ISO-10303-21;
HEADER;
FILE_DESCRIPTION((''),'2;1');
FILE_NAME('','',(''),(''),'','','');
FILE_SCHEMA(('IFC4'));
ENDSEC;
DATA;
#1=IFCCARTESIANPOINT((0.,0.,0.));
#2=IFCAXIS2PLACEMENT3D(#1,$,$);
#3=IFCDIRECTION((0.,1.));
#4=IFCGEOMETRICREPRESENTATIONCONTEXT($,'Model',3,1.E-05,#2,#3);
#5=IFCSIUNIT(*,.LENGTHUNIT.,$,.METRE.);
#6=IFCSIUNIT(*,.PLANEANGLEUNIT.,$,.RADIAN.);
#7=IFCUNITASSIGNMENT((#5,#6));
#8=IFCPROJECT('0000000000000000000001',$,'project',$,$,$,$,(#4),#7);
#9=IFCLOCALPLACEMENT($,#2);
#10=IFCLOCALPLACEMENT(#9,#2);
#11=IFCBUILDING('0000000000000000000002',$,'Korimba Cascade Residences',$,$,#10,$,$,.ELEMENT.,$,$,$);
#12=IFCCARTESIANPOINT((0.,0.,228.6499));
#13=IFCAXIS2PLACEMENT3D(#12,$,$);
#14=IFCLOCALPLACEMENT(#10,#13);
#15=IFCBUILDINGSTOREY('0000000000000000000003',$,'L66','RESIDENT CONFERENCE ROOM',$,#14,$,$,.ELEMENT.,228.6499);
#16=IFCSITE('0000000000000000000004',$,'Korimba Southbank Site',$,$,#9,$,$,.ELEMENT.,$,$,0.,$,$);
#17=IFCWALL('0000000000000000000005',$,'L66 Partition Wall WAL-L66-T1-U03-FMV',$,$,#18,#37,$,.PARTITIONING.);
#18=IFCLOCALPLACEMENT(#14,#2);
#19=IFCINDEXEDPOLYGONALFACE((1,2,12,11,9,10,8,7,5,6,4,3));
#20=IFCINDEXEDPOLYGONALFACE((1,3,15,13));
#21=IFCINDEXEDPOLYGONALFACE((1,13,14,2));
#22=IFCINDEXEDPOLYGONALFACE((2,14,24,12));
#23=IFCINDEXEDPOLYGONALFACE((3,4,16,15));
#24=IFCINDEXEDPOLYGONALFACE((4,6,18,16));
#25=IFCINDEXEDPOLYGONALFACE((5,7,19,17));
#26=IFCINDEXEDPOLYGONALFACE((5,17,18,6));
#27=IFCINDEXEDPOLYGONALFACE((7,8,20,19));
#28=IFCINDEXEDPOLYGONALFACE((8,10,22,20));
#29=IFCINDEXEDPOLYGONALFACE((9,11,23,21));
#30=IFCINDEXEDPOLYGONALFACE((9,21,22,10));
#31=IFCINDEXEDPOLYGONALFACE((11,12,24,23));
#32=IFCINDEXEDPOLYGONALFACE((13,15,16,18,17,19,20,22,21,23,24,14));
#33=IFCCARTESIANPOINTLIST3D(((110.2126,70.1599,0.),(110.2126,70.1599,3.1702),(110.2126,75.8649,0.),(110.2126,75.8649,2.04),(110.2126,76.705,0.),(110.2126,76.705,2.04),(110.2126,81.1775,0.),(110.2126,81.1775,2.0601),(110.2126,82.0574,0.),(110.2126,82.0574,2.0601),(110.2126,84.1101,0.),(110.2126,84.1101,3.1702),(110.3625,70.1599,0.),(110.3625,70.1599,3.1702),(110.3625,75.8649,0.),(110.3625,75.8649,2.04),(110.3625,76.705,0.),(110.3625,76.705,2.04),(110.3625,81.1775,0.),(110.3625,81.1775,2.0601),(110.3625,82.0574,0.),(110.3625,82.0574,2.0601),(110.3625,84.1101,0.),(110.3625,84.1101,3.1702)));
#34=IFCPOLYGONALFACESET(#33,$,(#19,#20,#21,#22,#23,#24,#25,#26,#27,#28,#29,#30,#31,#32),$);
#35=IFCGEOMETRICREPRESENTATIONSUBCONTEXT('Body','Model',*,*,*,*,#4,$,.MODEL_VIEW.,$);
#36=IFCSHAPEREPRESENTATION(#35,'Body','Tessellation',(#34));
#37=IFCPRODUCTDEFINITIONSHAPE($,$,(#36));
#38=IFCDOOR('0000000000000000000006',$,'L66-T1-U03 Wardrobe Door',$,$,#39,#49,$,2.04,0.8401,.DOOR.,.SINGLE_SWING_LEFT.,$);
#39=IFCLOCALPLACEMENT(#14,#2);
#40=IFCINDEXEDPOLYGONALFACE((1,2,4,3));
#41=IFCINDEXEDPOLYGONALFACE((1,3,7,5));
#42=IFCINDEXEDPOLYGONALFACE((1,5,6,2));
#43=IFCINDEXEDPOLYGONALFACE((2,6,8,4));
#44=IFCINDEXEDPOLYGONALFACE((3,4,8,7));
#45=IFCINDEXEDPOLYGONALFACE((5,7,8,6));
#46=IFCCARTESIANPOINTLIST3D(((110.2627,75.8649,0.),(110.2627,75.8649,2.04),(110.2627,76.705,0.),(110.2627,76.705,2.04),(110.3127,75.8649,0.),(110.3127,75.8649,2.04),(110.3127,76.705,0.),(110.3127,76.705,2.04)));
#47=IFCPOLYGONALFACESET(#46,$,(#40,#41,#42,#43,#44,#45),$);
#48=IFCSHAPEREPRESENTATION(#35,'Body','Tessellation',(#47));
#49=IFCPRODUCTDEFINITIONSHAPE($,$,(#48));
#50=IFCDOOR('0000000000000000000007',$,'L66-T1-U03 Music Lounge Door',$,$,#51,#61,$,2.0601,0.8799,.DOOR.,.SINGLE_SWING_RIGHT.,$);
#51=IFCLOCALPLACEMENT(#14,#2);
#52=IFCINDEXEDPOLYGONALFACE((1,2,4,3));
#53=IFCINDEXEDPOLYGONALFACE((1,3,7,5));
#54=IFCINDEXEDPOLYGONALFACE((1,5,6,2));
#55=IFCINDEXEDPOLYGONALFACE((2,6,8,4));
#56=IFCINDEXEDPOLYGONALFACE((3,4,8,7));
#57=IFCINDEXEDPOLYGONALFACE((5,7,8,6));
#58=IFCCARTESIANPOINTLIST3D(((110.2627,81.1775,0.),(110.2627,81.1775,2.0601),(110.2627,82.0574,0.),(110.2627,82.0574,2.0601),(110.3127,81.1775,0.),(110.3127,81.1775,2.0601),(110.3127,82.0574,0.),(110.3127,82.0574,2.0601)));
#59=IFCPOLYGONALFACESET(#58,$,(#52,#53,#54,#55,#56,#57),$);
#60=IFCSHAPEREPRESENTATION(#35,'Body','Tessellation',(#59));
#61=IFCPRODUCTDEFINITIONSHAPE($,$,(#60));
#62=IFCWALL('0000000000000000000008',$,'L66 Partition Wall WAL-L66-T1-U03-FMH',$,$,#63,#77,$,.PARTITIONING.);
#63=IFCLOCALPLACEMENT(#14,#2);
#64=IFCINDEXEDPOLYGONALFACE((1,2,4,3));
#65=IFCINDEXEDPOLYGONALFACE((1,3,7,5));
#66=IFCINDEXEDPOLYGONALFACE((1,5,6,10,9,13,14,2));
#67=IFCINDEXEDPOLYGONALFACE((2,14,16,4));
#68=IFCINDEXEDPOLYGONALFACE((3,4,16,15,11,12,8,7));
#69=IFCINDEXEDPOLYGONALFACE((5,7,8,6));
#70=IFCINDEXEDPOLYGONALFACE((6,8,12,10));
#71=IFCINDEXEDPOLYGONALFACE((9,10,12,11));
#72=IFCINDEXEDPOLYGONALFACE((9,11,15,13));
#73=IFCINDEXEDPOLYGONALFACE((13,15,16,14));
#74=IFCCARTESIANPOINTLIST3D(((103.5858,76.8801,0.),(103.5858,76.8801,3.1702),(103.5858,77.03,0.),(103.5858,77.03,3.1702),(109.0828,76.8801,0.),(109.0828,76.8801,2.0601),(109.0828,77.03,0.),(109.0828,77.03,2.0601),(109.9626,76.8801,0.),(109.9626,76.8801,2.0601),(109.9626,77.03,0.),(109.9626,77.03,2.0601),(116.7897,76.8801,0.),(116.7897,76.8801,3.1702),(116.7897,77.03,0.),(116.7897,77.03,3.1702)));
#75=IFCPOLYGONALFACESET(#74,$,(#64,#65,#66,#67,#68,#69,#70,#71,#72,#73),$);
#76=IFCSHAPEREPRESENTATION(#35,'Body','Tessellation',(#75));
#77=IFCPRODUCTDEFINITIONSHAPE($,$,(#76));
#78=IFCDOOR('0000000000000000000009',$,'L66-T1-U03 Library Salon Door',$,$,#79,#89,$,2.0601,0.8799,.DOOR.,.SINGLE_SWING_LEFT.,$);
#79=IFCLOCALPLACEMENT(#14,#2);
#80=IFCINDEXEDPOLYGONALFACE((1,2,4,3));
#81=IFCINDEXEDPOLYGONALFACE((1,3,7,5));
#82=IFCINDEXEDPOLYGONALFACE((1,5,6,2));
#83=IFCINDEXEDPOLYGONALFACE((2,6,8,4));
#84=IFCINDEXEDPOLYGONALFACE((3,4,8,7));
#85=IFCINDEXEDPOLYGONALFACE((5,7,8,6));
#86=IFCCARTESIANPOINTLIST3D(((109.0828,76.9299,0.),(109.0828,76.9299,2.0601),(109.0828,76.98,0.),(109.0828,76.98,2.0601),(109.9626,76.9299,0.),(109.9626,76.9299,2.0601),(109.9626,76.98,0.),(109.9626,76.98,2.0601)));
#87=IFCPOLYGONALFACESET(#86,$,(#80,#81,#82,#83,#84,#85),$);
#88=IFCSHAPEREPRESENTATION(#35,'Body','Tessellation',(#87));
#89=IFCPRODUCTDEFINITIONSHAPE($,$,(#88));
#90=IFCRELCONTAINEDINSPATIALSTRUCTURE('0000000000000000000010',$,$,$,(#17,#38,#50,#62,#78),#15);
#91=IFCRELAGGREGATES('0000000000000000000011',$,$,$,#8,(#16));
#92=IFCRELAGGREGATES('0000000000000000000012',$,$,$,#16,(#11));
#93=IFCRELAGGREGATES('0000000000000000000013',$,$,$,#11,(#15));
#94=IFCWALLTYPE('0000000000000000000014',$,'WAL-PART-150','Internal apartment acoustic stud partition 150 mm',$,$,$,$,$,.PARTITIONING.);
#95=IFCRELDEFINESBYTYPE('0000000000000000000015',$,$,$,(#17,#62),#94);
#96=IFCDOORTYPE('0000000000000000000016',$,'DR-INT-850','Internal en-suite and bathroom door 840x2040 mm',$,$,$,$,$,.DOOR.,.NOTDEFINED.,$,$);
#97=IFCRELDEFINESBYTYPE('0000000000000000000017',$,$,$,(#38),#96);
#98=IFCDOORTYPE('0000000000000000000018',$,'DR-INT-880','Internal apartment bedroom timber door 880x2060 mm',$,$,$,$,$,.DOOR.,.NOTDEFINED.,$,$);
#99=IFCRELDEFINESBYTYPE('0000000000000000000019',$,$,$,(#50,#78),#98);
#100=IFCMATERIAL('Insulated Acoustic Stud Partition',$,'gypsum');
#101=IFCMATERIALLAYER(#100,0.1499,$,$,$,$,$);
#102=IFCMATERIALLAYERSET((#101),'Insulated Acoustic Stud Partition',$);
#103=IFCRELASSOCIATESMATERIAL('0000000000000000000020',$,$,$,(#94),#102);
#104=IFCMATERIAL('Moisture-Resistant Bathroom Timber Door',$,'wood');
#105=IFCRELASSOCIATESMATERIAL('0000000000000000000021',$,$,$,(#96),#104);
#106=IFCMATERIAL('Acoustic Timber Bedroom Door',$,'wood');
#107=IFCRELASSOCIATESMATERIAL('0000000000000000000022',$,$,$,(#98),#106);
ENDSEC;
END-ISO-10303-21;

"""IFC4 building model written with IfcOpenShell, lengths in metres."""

from ifc_helpers import new_model, si_unit, direction, frame, frame_2d, origin, place, context, subcontext, project, spatial, rectangle, extrude, material, layer, layer_set, type_object, element, fill, save


model = new_model("IFC4")

# Units and contexts
model_context = context("Model", 3, precision=1e-05, world=origin(), true_north=direction((0.0, 1.0)))
body_context = subcontext(model_context, "Body", "Model", "MODEL_VIEW")
ifc_project = project(units=[si_unit("LENGTHUNIT", "METRE"), si_unit("PLANEANGLEUNIT", "RADIAN")], contexts=[model_context])

# Site, building, storey
site_placement = place(None, origin())
site = spatial("IfcSite", under=ifc_project, at=site_placement, Name="Korimba Southbank Site", CompositionType="ELEMENT", RefElevation=0.0)
building_placement = place(site_placement, origin())
building = spatial("IfcBuilding", under=site, at=building_placement, Name="Korimba Cascade Residences", CompositionType="ELEMENT")
storey_placement = place(building_placement, frame((0.0, 0.0, 228.6499)))
storey = spatial("IfcBuildingStorey", under=building, at=storey_placement, Name="L66", Description="RESIDENT CONFERENCE ROOM", CompositionType="ELEMENT", Elevation=228.6499)

# Shared definitions
ifc_material_1 = material(Name="Insulated Acoustic Stud Partition", Category="gypsum")
ifc_layer_1 = layer(ifc_material_1, 0.1499)
ifc_layer_set_1 = layer_set([ifc_layer_1], Name="Insulated Acoustic Stud Partition")
wall_type_1 = type_object("IfcWallType", Name="WAL-PART-150", Description="Internal apartment acoustic stud partition 150 mm", PredefinedType="PARTITIONING", material=ifc_layer_set_1)

# Wall, openings, doors
wall_1_placement = place(storey_placement, frame((110.2876, 70.1599, 0.0), z_axis=(0.0, 0.0, 1.0), x_axis=(0.0, 1.0, 0.0)))
wall_1 = element("IfcWall", 1, at=wall_1_placement, inside=storey, type_object=wall_type_1, Name="L66 Partition Wall WAL-L66-T1-U03-FMV", PredefinedType="PARTITIONING", context=body_context, shape_type="SweptSolid", body=[
    extrude(rectangle(XDim=13.9502, YDim=0.1499, at=frame_2d((6.9751, 0.0))), origin(), (0.0, 0.0, 1.0), 3.1702),
])
opening_1_placement = place(wall_1_placement, frame((5.7051, 0.0, 0.0)))
opening_1 = element("IfcOpeningElement", 2, at=opening_1_placement, cuts=wall_1, PredefinedType="OPENING", context=body_context, shape_type="SweptSolid", body=[
    extrude(rectangle(XDim=0.8401, YDim=2.04, at=frame_2d((0.4199, 1.02))), frame((0.0, 0.085, 0.0), z_axis=(0.0, -1.0, 0.0), x_axis=(1.0, 0.0, 0.0)), (0.0, 0.0, 1.0), 0.1699),
])
opening_2_placement = place(wall_1_placement, frame((11.0176, 0.0, 0.0)))
opening_2 = element("IfcOpeningElement", 3, at=opening_2_placement, cuts=wall_1, PredefinedType="OPENING", context=body_context, shape_type="SweptSolid", body=[
    extrude(rectangle(XDim=0.8799, YDim=2.0601, at=frame_2d((0.4399, 1.03))), frame((0.0, 0.085, 0.0), z_axis=(0.0, -1.0, 0.0), x_axis=(1.0, 0.0, 0.0)), (0.0, 0.0, 1.0), 0.1699),
])
ifc_material_2 = material(Name="Moisture-Resistant Bathroom Timber Door", Category="wood")
door_type_1 = type_object("IfcDoorType", Name="DR-INT-850", Description="Internal en-suite and bathroom door 840x2040 mm", OperationType="NOTDEFINED", PredefinedType="DOOR", material=ifc_material_2)
door_1_placement = place(opening_1_placement, origin())
door_1 = element("IfcDoor", 4, at=door_1_placement, inside=storey, type_object=door_type_1, Name="L66-T1-U03 Wardrobe Door", OperationType="SINGLE_SWING_LEFT", OverallHeight=2.04, OverallWidth=0.8401, PredefinedType="DOOR", context=body_context, shape_type="SweptSolid", body=[
    extrude(rectangle(XDim=0.8401, YDim=2.04, at=frame_2d((0.4199, 1.02))), frame((0.0, 0.0249, 0.0), z_axis=(0.0, -1.0, 0.0), x_axis=(1.0, 0.0, 0.0)), (0.0, 0.0, 1.0), 0.05),
])
fill(opening_1, door_1)
ifc_material_3 = material(Name="Acoustic Timber Bedroom Door", Category="wood")
door_type_2 = type_object("IfcDoorType", Name="DR-INT-880", Description="Internal apartment bedroom timber door 880x2060 mm", OperationType="NOTDEFINED", PredefinedType="DOOR", material=ifc_material_3)
door_2_placement = place(opening_2_placement, origin())
door_2 = element("IfcDoor", 5, at=door_2_placement, inside=storey, type_object=door_type_2, Name="L66-T1-U03 Music Lounge Door", OperationType="SINGLE_SWING_RIGHT", OverallHeight=2.0601, OverallWidth=0.8799, PredefinedType="DOOR", context=body_context, shape_type="SweptSolid", body=[
    extrude(rectangle(XDim=0.8799, YDim=2.0601, at=frame_2d((0.4399, 1.03))), frame((0.0, 0.0249, 0.0), z_axis=(0.0, -1.0, 0.0), x_axis=(1.0, 0.0, 0.0)), (0.0, 0.0, 1.0), 0.05),
])
fill(opening_2, door_2)

# Wall, opening, door
wall_2_placement = place(storey_placement, frame((103.5857, 76.9551, 0.0), z_axis=(0.0, 0.0, 1.0), x_axis=(1.0, 0.0, 0.0)))
wall_2 = element("IfcWall", 6, at=wall_2_placement, inside=storey, type_object=wall_type_1, Name="L66 Partition Wall WAL-L66-T1-U03-FMH", PredefinedType="PARTITIONING", context=body_context, shape_type="SweptSolid", body=[
    extrude(rectangle(XDim=13.2039, YDim=0.1499, at=frame_2d((6.6021, 0.0))), origin(), (0.0, 0.0, 1.0), 3.1702),
])
opening_3_placement = place(wall_2_placement, frame((5.4971, 0.0, 0.0)))
opening_3 = element("IfcOpeningElement", 7, at=opening_3_placement, cuts=wall_2, PredefinedType="OPENING", context=body_context, shape_type="SweptSolid", body=[
    extrude(rectangle(XDim=0.8799, YDim=2.0601, at=frame_2d((0.4399, 1.03))), frame((0.0, 0.085, 0.0), z_axis=(0.0, -1.0, 0.0), x_axis=(1.0, 0.0, 0.0)), (0.0, 0.0, 1.0), 0.1699),
])
door_3_placement = place(opening_3_placement, origin())
door_3 = element("IfcDoor", 8, at=door_3_placement, inside=storey, type_object=door_type_2, Name="L66-T1-U03 Library Salon Door", OperationType="SINGLE_SWING_LEFT", OverallHeight=2.0601, OverallWidth=0.8799, PredefinedType="DOOR", context=body_context, shape_type="SweptSolid", body=[
    extrude(rectangle(XDim=0.8799, YDim=2.0601, at=frame_2d((0.4399, 1.03))), frame((0.0, 0.0249, 0.0), z_axis=(0.0, -1.0, 0.0), x_axis=(1.0, 0.0, 0.0)), (0.0, 0.0, 1.0), 0.05),
])
fill(opening_3, door_3)

save(model, "model.ifc")
